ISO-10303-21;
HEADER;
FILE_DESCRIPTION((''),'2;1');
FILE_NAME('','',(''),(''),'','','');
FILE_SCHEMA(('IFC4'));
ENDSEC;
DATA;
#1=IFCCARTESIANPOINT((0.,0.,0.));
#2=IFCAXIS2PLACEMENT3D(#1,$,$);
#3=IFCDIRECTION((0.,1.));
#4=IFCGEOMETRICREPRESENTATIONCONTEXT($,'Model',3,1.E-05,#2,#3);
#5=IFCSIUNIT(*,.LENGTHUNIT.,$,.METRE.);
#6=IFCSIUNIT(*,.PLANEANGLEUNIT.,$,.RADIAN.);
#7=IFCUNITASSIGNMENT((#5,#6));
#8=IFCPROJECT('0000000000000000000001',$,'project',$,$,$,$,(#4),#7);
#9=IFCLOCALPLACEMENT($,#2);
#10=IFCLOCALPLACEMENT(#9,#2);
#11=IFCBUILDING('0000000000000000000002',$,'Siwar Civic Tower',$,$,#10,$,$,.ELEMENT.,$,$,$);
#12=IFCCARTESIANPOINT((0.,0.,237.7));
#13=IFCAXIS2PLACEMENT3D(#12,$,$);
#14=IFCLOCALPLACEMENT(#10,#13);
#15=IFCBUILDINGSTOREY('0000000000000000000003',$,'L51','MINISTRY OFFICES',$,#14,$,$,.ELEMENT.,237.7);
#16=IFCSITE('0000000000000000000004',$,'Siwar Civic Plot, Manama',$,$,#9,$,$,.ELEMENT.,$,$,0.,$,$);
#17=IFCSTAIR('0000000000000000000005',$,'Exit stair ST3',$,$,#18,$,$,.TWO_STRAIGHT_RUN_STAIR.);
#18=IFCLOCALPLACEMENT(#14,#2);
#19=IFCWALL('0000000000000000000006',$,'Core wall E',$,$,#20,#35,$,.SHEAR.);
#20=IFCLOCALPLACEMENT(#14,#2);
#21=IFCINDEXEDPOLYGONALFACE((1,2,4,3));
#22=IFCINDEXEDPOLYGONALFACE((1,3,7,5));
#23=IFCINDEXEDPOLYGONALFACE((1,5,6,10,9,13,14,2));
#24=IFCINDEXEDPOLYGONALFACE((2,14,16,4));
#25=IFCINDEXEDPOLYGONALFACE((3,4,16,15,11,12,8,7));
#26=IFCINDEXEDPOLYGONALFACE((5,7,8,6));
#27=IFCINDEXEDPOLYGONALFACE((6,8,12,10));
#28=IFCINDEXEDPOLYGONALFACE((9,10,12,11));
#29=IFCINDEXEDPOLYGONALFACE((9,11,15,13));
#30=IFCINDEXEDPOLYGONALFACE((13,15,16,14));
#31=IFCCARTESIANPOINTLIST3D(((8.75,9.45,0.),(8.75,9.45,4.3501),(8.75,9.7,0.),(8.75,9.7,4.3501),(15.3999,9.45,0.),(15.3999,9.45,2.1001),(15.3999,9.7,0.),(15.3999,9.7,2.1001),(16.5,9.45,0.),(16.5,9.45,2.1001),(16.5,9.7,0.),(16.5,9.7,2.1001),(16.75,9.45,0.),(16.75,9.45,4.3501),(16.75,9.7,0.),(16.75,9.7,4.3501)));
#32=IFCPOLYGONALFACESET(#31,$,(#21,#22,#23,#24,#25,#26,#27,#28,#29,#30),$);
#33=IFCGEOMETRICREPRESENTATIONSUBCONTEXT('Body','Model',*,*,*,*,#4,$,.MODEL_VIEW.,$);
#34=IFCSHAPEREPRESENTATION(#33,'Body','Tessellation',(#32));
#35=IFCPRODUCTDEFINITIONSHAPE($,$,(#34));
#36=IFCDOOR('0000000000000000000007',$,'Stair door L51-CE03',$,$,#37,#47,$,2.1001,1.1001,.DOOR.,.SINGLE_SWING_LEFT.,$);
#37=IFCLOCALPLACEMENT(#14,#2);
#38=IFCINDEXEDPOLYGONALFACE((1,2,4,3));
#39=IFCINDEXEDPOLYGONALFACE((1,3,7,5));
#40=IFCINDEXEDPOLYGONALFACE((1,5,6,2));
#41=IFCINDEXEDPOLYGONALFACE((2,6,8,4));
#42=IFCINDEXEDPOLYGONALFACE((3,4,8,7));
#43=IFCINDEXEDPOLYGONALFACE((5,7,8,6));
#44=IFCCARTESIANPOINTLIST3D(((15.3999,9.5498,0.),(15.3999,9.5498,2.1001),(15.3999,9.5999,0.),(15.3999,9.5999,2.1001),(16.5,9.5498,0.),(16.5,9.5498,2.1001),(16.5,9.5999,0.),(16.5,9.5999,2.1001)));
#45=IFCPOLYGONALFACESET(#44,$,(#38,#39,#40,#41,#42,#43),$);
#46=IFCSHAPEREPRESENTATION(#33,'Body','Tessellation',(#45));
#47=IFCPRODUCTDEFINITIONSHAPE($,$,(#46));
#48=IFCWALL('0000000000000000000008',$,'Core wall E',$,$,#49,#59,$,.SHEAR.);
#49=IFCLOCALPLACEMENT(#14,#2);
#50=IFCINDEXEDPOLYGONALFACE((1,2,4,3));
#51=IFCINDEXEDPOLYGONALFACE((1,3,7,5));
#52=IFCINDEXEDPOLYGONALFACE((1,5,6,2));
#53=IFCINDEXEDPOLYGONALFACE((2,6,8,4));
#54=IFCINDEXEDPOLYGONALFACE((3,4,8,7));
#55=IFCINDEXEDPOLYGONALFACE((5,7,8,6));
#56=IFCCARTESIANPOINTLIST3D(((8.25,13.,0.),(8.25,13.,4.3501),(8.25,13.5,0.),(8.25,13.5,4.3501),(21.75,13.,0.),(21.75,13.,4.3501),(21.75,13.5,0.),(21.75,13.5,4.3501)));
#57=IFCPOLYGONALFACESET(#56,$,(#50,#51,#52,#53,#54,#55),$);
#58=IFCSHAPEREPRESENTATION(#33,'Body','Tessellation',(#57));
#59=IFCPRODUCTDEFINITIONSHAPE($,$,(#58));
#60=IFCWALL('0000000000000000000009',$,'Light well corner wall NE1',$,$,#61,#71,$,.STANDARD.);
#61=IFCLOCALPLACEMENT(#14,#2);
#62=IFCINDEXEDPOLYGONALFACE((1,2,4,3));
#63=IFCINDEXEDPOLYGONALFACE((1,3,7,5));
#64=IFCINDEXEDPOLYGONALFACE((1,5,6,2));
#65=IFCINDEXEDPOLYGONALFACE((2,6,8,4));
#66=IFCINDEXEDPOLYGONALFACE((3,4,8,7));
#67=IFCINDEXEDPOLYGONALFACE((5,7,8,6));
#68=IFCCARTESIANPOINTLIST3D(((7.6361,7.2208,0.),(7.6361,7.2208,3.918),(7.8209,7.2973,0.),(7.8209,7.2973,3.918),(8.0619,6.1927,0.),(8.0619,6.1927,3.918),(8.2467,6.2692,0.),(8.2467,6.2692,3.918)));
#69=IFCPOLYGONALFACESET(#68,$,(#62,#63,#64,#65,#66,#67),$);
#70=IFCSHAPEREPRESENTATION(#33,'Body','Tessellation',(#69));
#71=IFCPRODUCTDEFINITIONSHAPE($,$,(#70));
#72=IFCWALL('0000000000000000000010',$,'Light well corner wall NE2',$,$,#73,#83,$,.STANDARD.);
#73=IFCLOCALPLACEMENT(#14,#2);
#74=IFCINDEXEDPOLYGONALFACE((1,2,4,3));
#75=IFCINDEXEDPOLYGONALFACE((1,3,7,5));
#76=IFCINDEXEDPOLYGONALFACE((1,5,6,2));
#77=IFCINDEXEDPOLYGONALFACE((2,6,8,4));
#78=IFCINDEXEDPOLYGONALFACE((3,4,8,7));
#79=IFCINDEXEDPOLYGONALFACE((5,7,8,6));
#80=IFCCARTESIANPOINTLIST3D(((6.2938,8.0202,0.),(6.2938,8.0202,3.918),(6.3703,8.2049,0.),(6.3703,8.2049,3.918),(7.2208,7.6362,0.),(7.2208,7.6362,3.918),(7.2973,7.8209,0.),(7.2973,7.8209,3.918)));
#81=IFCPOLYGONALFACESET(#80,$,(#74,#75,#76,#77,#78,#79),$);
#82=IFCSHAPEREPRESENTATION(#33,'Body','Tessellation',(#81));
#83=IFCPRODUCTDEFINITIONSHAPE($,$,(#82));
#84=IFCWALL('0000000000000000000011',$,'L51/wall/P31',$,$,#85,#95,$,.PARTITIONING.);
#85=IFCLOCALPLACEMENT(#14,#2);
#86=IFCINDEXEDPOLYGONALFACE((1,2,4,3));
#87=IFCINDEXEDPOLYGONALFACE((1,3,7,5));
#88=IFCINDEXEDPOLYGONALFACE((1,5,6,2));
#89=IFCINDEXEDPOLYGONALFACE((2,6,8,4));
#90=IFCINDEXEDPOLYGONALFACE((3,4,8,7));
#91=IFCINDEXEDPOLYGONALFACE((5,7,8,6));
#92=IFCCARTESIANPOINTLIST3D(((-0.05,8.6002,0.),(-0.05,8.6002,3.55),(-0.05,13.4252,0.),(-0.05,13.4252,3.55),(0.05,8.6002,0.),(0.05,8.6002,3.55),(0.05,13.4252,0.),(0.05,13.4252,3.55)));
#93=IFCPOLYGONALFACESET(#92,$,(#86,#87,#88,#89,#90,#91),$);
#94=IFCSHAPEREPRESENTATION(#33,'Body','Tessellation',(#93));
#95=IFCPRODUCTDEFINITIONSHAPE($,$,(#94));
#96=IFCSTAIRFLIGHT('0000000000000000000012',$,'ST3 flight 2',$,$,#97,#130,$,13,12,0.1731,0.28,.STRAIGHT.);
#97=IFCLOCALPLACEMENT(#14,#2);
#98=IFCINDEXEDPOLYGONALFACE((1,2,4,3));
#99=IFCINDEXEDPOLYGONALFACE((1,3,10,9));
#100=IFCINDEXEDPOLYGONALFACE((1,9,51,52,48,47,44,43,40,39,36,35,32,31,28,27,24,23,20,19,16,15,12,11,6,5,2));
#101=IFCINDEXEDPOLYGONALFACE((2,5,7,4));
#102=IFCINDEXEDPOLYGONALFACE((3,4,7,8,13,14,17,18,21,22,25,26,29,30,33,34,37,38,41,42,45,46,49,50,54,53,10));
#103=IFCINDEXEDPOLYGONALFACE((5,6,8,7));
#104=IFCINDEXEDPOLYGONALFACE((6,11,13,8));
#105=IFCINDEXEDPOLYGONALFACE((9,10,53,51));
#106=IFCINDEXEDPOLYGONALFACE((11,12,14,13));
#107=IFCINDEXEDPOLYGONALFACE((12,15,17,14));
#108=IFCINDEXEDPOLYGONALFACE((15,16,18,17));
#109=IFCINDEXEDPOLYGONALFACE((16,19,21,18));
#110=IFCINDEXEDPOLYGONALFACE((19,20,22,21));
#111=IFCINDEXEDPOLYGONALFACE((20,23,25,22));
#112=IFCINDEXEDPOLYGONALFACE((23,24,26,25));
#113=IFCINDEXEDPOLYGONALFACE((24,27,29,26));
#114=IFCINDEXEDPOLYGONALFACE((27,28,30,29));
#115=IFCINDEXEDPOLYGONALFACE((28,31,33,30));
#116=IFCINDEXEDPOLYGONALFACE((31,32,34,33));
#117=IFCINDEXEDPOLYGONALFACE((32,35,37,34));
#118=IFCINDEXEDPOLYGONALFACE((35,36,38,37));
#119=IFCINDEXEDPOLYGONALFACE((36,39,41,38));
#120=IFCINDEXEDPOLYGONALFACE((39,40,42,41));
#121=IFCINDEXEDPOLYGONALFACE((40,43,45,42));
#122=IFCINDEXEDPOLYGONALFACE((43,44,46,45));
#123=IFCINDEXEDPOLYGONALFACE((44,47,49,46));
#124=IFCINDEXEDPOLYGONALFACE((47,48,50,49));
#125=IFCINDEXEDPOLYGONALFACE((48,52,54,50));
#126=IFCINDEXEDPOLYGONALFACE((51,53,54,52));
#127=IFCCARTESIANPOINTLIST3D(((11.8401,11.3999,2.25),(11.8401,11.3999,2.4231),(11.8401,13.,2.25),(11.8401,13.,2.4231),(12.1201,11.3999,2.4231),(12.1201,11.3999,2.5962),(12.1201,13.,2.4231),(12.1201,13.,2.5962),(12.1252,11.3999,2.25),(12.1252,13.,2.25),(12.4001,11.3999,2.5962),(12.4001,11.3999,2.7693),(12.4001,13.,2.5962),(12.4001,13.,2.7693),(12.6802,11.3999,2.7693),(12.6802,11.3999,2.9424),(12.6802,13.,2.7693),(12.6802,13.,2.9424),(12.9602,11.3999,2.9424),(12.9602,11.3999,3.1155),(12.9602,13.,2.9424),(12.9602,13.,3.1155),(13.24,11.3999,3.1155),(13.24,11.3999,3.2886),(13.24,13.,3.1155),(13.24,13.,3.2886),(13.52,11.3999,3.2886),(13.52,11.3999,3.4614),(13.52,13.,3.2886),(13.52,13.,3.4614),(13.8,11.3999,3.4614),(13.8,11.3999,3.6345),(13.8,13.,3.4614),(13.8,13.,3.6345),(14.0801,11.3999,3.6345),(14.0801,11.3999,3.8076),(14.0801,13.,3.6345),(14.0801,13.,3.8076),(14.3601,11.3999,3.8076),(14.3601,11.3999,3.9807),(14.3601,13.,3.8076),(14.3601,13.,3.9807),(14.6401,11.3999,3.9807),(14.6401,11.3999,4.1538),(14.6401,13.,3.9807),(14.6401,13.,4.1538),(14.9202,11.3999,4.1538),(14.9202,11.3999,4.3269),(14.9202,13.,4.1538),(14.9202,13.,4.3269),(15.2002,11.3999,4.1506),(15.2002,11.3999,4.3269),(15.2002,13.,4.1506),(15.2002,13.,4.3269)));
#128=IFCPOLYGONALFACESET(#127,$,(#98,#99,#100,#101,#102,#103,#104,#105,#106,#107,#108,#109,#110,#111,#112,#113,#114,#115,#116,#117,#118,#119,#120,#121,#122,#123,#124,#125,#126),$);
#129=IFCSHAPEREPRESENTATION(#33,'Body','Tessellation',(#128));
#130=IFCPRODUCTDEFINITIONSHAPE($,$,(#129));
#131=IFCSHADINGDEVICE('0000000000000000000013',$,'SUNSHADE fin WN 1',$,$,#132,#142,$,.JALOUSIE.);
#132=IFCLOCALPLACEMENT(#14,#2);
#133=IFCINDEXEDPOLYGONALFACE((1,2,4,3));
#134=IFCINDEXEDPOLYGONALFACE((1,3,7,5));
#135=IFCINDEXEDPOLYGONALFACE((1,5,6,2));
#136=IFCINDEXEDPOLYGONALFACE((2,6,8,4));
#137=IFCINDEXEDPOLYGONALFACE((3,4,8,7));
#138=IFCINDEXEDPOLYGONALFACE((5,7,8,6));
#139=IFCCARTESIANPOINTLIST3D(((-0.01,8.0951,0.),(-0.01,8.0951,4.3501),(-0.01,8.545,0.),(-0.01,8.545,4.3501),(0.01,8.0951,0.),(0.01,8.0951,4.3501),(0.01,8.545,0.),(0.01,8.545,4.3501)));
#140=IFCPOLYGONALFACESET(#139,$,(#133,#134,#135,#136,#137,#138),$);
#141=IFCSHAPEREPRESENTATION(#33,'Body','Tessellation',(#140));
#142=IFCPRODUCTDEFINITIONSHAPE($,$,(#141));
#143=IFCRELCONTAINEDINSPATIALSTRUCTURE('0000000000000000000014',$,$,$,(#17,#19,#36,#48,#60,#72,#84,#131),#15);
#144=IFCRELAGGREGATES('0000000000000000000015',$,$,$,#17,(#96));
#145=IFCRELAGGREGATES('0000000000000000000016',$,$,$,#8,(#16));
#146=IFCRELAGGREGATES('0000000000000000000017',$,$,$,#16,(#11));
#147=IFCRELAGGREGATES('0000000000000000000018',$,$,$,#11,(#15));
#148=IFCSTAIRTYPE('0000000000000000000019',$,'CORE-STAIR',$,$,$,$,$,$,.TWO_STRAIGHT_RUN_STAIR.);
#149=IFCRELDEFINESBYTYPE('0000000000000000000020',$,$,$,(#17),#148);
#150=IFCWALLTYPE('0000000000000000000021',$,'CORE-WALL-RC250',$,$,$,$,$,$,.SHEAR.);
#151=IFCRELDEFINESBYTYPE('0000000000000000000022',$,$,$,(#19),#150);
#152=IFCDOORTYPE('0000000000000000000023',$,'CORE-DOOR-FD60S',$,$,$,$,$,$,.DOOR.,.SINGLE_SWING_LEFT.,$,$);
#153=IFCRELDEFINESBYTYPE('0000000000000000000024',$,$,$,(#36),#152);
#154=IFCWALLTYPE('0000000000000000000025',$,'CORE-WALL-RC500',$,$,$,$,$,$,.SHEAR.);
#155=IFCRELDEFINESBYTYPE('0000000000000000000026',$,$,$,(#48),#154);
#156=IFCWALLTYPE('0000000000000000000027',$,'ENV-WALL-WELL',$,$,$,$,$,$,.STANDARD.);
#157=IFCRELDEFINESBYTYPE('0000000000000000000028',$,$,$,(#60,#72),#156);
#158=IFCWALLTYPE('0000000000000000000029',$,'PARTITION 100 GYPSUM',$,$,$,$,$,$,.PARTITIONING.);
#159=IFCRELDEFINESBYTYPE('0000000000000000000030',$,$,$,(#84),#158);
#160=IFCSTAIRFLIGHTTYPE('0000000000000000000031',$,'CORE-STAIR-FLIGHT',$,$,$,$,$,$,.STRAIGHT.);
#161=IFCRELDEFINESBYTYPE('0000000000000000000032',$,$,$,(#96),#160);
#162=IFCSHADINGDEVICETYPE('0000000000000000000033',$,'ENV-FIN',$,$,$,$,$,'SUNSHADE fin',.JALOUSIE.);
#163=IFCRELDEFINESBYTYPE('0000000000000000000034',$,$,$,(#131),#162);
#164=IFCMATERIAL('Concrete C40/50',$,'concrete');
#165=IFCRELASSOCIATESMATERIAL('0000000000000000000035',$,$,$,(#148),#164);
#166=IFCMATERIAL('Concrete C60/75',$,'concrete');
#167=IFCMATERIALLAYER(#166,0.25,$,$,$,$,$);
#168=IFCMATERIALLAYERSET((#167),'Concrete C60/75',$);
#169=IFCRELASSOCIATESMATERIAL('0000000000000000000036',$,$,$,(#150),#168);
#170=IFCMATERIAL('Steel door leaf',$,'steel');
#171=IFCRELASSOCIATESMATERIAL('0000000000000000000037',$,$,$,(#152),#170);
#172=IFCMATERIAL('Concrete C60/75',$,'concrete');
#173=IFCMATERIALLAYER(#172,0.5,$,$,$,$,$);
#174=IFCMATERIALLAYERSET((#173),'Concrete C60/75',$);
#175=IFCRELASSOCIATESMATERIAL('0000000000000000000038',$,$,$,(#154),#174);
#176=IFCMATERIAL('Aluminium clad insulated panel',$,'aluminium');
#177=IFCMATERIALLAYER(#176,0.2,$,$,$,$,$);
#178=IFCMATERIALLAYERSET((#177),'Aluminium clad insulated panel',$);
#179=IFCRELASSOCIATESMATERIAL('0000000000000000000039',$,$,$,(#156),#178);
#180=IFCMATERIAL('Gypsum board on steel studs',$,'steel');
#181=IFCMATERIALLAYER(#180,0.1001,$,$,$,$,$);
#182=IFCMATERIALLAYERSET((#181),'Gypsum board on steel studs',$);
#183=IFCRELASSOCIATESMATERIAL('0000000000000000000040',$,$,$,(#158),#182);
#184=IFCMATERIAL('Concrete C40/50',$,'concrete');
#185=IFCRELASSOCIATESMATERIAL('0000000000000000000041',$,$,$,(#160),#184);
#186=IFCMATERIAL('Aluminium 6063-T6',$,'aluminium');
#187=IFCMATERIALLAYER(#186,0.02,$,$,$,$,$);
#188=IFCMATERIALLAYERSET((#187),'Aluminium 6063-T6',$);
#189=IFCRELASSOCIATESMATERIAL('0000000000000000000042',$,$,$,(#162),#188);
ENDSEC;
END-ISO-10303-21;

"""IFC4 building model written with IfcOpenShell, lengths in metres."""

from ifc_helpers import new_model, si_unit, direction, frame, frame_2d, origin, origin_2d, place, context, subcontext, project, spatial, polyline, rectangle, outline, extrude, material, layer, layer_set, type_object, element, fill, aggregate, save


model = new_model("IFC4")

# Units and contexts
model_context = context("Model", 3, precision=1e-05, world=origin(), true_north=direction((0.0, 1.0)))
body_context = subcontext(model_context, "Body", "Model", "MODEL_VIEW")
ifc_project = project(units=[si_unit("LENGTHUNIT", "METRE"), si_unit("PLANEANGLEUNIT", "RADIAN")], contexts=[model_context])

# Site, building, storey
site_placement = place(None, origin())
site = spatial("IfcSite", under=ifc_project, at=site_placement, Name="Siwar Civic Plot, Manama", CompositionType="ELEMENT", RefElevation=0.0)
building_placement = place(site_placement, origin())
building = spatial("IfcBuilding", under=site, at=building_placement, Name="Siwar Civic Tower", CompositionType="ELEMENT")
storey_placement = place(building_placement, frame((0.0, 0.0, 237.7)))
storey = spatial("IfcBuildingStorey", under=building, at=storey_placement, Name="L51", Description="MINISTRY OFFICES", CompositionType="ELEMENT", Elevation=237.7)

# Stair
ifc_material_1 = material(Name="Concrete C40/50", Category="concrete")
stair_type = type_object("IfcStairType", Name="CORE-STAIR", PredefinedType="TWO_STRAIGHT_RUN_STAIR", material=ifc_material_1)
stair_1_placement = place(storey_placement, origin())
stair_1 = element("IfcStair", 1, at=stair_1_placement, inside=storey, type_object=stair_type, Name="Exit stair ST3", PredefinedType="TWO_STRAIGHT_RUN_STAIR")

# Shared definitions
ifc_material_2 = material(Name="Concrete C60/75", Category="concrete")
ifc_layer_1 = layer(ifc_material_2, 0.25)
ifc_layer_set_1 = layer_set([ifc_layer_1], Name="Concrete C60/75")
wall_type_1 = type_object("IfcWallType", Name="CORE-WALL-RC250", PredefinedType="SHEAR", material=ifc_layer_set_1)

# Wall, opening, door
wall_1_placement = place(storey_placement, frame((8.75, 9.575, 0.0), z_axis=(0.0, 0.0, 1.0), x_axis=(1.0, 0.0, 0.0)))
wall_1 = element("IfcWall", 2, at=wall_1_placement, inside=storey, type_object=wall_type_1, Name="Core wall E", PredefinedType="SHEAR", context=body_context, shape_type="SweptSolid", body=[
    extrude(rectangle(XDim=8.0, YDim=0.25, at=frame_2d((4.0, 0.0))), origin(), (0.0, 0.0, 1.0), 4.3501),
])
opening_1_placement = place(wall_1_placement, frame((6.6499, 0.0, 0.0)))
opening_1 = element("IfcOpeningElement", 3, at=opening_1_placement, cuts=wall_1, PredefinedType="OPENING", context=body_context, shape_type="SweptSolid", body=[
    extrude(rectangle(XDim=1.1001, YDim=2.1001, at=frame_2d((0.55, 1.05))), frame((0.0, 0.135, 0.0), z_axis=(0.0, -1.0, 0.0), x_axis=(1.0, 0.0, 0.0)), (0.0, 0.0, 1.0), 0.27),
])
ifc_material_3 = material(Name="Steel door leaf", Category="steel")
door_type_1 = type_object("IfcDoorType", Name="CORE-DOOR-FD60S", OperationType="SINGLE_SWING_LEFT", PredefinedType="DOOR", material=ifc_material_3)
door_1_placement = place(opening_1_placement, origin())
door_1 = element("IfcDoor", 4, at=door_1_placement, inside=storey, type_object=door_type_1, Name="Stair door L51-CE03", OperationType="SINGLE_SWING_LEFT", OverallHeight=2.1001, OverallWidth=1.1001, PredefinedType="DOOR", context=body_context, shape_type="SweptSolid", body=[
    extrude(rectangle(XDim=1.1001, YDim=2.1001, at=frame_2d((0.55, 1.05))), frame((0.0, 0.0249, 0.0), z_axis=(0.0, -1.0, 0.0), x_axis=(1.0, 0.0, 0.0)), (0.0, 0.0, 1.0), 0.05),
])
fill(opening_1, door_1)

# Walls
ifc_material_4 = material(Name="Concrete C60/75", Category="concrete")
ifc_layer_2 = layer(ifc_material_4, 0.5)
ifc_layer_set_2 = layer_set([ifc_layer_2], Name="Concrete C60/75")
wall_type_2 = type_object("IfcWallType", Name="CORE-WALL-RC500", PredefinedType="SHEAR", material=ifc_layer_set_2)
wall_2_placement = place(storey_placement, frame((8.25, 13.25, 0.0), z_axis=(0.0, 0.0, 1.0), x_axis=(1.0, 0.0, 0.0)))
element("IfcWall", 5, at=wall_2_placement, inside=storey, type_object=wall_type_2, Name="Core wall E", PredefinedType="SHEAR", context=body_context, shape_type="SweptSolid", body=[
    extrude(rectangle(XDim=13.5, YDim=0.5, at=frame_2d((6.75, 0.0))), origin(), (0.0, 0.0, 1.0), 4.3501),
])
ifc_material_5 = material(Name="Aluminium clad insulated panel", Category="aluminium")
ifc_layer_3 = layer(ifc_material_5, 0.2)
ifc_layer_set_3 = layer_set([ifc_layer_3], Name="Aluminium clad insulated panel")
wall_type_3 = type_object("IfcWallType", Name="ENV-WALL-WELL", PredefinedType="STANDARD", material=ifc_layer_set_3)
wall_3_placement = place(storey_placement, frame((8.1543, 6.231, 0.0), z_axis=(0.0, 0.0, 1.0), x_axis=(-0.382636, 0.923899, 0.0)))
element("IfcWall", 6, at=wall_3_placement, inside=storey, type_object=wall_type_3, Name="Light well corner wall NE1", PredefinedType="STANDARD", context=body_context, shape_type="SweptSolid", body=[
    extrude(rectangle(XDim=1.1128, YDim=0.2, at=frame_2d((0.5564, 0.0))), origin(), (0.0, 0.0, 1.0), 3.918),
])
wall_4_placement = place(storey_placement, frame((7.259, 7.7285, 0.0), z_axis=(0.0, 0.0, 1.0), x_axis=(-0.92386, 0.382731, 0.0)))
element("IfcWall", 7, at=wall_4_placement, inside=storey, type_object=wall_type_3, Name="Light well corner wall NE2", PredefinedType="STANDARD", context=body_context, shape_type="SweptSolid", body=[
    extrude(rectangle(XDim=1.0034, YDim=0.2, at=frame_2d((0.5017, 0.0))), origin(), (0.0, 0.0, 1.0), 3.918),
])
ifc_material_6 = material(Name="Gypsum board on steel studs", Category="steel")
ifc_layer_4 = layer(ifc_material_6, 0.1001)
ifc_layer_set_4 = layer_set([ifc_layer_4], Name="Gypsum board on steel studs")
wall_type_4 = type_object("IfcWallType", Name="PARTITION 100 GYPSUM", PredefinedType="PARTITIONING", material=ifc_layer_set_4)
wall_5_placement = place(storey_placement, frame((0.0, 8.6001, 0.0), z_axis=(0.0, 0.0, 1.0), x_axis=(0.0, 1.0, 0.0)))
element("IfcWall", 8, at=wall_5_placement, inside=storey, type_object=wall_type_4, Name="L51/wall/P31", PredefinedType="PARTITIONING", context=body_context, shape_type="SweptSolid", body=[
    extrude(rectangle(XDim=4.825, YDim=0.1001, at=frame_2d((2.4126, 0.0))), origin(), (0.0, 0.0, 1.0), 3.55),
])

# Stair flight
ifc_material_7 = material(Name="Concrete C40/50", Category="concrete")
stair_flight_type = type_object("IfcStairFlightType", Name="CORE-STAIR-FLIGHT", PredefinedType="STRAIGHT", material=ifc_material_7)
stair_flight_placement = place(storey_placement, frame((11.8401, 12.2, 2.25), z_axis=(0.0, 0.0, 1.0), x_axis=(1.0, 0.0, 0.0)))
stair_flight = element("IfcStairFlight", 9, at=stair_flight_placement, type_object=stair_flight_type, Name="ST3 flight 2", NumberOfRisers=13, NumberOfTreads=12, PredefinedType="STRAIGHT", RiserHeight=0.1731, TreadLength=0.28, context=body_context, shape_type="SweptSolid", body=[
    extrude(outline(polyline([(0.0, 0.0), (0.0, 0.1731), (0.28, 0.1731), (0.28, 0.3462), (0.5601, 0.3462), (0.5601, 0.5193), (0.8401, 0.5193), (0.8401, 0.6924), (1.1201, 0.6924), (1.1201, 0.8655), (1.3999, 0.8655), (1.3999, 1.0386), (1.6799, 1.0386), (1.6799, 1.2114), (1.96, 1.2114), (1.96, 1.3845), (2.24, 1.3845), (2.24, 1.5576), (2.52, 1.5576), (2.52, 1.7307), (2.8, 1.7307), (2.8, 1.9038), (3.0801, 1.9038), (3.0801, 2.0769), (3.3601, 2.0769), (3.3601, 2.25), (3.3601, 1.9006), (0.2852, 0.0), (0.0, 0.0)])), frame((0.0, 0.8, 0.0), z_axis=(0.0, -1.0, 0.0), x_axis=(1.0, 0.0, 0.0)), (0.0, 0.0, 1.0), 1.6001),
])
aggregate(stair_1, [stair_flight])

# Shading device
ifc_material_8 = material(Name="Aluminium 6063-T6", Category="aluminium")
ifc_layer_5 = layer(ifc_material_8, 0.02)
ifc_layer_set_5 = layer_set([ifc_layer_5], Name="Aluminium 6063-T6")
shading_device_type = type_object("IfcShadingDeviceType", Name="ENV-FIN", ElementType="SUNSHADE fin", PredefinedType="JALOUSIE", material=ifc_layer_set_5)
shading_device_placement = place(storey_placement, frame((0.0, 8.3201, 0.0), z_axis=(0.0, 0.0, 1.0), x_axis=(-1.0, 0.0, 0.0)))
element("IfcShadingDevice", 10, at=shading_device_placement, inside=storey, type_object=shading_device_type, Name="SUNSHADE fin WN 1", PredefinedType="JALOUSIE", context=body_context, shape_type="SweptSolid", body=[
    extrude(rectangle(XDim=0.02, YDim=0.45, at=origin_2d()), origin(), (0.0, 0.0, 1.0), 4.3501),
])

save(model, "model.ifc")
